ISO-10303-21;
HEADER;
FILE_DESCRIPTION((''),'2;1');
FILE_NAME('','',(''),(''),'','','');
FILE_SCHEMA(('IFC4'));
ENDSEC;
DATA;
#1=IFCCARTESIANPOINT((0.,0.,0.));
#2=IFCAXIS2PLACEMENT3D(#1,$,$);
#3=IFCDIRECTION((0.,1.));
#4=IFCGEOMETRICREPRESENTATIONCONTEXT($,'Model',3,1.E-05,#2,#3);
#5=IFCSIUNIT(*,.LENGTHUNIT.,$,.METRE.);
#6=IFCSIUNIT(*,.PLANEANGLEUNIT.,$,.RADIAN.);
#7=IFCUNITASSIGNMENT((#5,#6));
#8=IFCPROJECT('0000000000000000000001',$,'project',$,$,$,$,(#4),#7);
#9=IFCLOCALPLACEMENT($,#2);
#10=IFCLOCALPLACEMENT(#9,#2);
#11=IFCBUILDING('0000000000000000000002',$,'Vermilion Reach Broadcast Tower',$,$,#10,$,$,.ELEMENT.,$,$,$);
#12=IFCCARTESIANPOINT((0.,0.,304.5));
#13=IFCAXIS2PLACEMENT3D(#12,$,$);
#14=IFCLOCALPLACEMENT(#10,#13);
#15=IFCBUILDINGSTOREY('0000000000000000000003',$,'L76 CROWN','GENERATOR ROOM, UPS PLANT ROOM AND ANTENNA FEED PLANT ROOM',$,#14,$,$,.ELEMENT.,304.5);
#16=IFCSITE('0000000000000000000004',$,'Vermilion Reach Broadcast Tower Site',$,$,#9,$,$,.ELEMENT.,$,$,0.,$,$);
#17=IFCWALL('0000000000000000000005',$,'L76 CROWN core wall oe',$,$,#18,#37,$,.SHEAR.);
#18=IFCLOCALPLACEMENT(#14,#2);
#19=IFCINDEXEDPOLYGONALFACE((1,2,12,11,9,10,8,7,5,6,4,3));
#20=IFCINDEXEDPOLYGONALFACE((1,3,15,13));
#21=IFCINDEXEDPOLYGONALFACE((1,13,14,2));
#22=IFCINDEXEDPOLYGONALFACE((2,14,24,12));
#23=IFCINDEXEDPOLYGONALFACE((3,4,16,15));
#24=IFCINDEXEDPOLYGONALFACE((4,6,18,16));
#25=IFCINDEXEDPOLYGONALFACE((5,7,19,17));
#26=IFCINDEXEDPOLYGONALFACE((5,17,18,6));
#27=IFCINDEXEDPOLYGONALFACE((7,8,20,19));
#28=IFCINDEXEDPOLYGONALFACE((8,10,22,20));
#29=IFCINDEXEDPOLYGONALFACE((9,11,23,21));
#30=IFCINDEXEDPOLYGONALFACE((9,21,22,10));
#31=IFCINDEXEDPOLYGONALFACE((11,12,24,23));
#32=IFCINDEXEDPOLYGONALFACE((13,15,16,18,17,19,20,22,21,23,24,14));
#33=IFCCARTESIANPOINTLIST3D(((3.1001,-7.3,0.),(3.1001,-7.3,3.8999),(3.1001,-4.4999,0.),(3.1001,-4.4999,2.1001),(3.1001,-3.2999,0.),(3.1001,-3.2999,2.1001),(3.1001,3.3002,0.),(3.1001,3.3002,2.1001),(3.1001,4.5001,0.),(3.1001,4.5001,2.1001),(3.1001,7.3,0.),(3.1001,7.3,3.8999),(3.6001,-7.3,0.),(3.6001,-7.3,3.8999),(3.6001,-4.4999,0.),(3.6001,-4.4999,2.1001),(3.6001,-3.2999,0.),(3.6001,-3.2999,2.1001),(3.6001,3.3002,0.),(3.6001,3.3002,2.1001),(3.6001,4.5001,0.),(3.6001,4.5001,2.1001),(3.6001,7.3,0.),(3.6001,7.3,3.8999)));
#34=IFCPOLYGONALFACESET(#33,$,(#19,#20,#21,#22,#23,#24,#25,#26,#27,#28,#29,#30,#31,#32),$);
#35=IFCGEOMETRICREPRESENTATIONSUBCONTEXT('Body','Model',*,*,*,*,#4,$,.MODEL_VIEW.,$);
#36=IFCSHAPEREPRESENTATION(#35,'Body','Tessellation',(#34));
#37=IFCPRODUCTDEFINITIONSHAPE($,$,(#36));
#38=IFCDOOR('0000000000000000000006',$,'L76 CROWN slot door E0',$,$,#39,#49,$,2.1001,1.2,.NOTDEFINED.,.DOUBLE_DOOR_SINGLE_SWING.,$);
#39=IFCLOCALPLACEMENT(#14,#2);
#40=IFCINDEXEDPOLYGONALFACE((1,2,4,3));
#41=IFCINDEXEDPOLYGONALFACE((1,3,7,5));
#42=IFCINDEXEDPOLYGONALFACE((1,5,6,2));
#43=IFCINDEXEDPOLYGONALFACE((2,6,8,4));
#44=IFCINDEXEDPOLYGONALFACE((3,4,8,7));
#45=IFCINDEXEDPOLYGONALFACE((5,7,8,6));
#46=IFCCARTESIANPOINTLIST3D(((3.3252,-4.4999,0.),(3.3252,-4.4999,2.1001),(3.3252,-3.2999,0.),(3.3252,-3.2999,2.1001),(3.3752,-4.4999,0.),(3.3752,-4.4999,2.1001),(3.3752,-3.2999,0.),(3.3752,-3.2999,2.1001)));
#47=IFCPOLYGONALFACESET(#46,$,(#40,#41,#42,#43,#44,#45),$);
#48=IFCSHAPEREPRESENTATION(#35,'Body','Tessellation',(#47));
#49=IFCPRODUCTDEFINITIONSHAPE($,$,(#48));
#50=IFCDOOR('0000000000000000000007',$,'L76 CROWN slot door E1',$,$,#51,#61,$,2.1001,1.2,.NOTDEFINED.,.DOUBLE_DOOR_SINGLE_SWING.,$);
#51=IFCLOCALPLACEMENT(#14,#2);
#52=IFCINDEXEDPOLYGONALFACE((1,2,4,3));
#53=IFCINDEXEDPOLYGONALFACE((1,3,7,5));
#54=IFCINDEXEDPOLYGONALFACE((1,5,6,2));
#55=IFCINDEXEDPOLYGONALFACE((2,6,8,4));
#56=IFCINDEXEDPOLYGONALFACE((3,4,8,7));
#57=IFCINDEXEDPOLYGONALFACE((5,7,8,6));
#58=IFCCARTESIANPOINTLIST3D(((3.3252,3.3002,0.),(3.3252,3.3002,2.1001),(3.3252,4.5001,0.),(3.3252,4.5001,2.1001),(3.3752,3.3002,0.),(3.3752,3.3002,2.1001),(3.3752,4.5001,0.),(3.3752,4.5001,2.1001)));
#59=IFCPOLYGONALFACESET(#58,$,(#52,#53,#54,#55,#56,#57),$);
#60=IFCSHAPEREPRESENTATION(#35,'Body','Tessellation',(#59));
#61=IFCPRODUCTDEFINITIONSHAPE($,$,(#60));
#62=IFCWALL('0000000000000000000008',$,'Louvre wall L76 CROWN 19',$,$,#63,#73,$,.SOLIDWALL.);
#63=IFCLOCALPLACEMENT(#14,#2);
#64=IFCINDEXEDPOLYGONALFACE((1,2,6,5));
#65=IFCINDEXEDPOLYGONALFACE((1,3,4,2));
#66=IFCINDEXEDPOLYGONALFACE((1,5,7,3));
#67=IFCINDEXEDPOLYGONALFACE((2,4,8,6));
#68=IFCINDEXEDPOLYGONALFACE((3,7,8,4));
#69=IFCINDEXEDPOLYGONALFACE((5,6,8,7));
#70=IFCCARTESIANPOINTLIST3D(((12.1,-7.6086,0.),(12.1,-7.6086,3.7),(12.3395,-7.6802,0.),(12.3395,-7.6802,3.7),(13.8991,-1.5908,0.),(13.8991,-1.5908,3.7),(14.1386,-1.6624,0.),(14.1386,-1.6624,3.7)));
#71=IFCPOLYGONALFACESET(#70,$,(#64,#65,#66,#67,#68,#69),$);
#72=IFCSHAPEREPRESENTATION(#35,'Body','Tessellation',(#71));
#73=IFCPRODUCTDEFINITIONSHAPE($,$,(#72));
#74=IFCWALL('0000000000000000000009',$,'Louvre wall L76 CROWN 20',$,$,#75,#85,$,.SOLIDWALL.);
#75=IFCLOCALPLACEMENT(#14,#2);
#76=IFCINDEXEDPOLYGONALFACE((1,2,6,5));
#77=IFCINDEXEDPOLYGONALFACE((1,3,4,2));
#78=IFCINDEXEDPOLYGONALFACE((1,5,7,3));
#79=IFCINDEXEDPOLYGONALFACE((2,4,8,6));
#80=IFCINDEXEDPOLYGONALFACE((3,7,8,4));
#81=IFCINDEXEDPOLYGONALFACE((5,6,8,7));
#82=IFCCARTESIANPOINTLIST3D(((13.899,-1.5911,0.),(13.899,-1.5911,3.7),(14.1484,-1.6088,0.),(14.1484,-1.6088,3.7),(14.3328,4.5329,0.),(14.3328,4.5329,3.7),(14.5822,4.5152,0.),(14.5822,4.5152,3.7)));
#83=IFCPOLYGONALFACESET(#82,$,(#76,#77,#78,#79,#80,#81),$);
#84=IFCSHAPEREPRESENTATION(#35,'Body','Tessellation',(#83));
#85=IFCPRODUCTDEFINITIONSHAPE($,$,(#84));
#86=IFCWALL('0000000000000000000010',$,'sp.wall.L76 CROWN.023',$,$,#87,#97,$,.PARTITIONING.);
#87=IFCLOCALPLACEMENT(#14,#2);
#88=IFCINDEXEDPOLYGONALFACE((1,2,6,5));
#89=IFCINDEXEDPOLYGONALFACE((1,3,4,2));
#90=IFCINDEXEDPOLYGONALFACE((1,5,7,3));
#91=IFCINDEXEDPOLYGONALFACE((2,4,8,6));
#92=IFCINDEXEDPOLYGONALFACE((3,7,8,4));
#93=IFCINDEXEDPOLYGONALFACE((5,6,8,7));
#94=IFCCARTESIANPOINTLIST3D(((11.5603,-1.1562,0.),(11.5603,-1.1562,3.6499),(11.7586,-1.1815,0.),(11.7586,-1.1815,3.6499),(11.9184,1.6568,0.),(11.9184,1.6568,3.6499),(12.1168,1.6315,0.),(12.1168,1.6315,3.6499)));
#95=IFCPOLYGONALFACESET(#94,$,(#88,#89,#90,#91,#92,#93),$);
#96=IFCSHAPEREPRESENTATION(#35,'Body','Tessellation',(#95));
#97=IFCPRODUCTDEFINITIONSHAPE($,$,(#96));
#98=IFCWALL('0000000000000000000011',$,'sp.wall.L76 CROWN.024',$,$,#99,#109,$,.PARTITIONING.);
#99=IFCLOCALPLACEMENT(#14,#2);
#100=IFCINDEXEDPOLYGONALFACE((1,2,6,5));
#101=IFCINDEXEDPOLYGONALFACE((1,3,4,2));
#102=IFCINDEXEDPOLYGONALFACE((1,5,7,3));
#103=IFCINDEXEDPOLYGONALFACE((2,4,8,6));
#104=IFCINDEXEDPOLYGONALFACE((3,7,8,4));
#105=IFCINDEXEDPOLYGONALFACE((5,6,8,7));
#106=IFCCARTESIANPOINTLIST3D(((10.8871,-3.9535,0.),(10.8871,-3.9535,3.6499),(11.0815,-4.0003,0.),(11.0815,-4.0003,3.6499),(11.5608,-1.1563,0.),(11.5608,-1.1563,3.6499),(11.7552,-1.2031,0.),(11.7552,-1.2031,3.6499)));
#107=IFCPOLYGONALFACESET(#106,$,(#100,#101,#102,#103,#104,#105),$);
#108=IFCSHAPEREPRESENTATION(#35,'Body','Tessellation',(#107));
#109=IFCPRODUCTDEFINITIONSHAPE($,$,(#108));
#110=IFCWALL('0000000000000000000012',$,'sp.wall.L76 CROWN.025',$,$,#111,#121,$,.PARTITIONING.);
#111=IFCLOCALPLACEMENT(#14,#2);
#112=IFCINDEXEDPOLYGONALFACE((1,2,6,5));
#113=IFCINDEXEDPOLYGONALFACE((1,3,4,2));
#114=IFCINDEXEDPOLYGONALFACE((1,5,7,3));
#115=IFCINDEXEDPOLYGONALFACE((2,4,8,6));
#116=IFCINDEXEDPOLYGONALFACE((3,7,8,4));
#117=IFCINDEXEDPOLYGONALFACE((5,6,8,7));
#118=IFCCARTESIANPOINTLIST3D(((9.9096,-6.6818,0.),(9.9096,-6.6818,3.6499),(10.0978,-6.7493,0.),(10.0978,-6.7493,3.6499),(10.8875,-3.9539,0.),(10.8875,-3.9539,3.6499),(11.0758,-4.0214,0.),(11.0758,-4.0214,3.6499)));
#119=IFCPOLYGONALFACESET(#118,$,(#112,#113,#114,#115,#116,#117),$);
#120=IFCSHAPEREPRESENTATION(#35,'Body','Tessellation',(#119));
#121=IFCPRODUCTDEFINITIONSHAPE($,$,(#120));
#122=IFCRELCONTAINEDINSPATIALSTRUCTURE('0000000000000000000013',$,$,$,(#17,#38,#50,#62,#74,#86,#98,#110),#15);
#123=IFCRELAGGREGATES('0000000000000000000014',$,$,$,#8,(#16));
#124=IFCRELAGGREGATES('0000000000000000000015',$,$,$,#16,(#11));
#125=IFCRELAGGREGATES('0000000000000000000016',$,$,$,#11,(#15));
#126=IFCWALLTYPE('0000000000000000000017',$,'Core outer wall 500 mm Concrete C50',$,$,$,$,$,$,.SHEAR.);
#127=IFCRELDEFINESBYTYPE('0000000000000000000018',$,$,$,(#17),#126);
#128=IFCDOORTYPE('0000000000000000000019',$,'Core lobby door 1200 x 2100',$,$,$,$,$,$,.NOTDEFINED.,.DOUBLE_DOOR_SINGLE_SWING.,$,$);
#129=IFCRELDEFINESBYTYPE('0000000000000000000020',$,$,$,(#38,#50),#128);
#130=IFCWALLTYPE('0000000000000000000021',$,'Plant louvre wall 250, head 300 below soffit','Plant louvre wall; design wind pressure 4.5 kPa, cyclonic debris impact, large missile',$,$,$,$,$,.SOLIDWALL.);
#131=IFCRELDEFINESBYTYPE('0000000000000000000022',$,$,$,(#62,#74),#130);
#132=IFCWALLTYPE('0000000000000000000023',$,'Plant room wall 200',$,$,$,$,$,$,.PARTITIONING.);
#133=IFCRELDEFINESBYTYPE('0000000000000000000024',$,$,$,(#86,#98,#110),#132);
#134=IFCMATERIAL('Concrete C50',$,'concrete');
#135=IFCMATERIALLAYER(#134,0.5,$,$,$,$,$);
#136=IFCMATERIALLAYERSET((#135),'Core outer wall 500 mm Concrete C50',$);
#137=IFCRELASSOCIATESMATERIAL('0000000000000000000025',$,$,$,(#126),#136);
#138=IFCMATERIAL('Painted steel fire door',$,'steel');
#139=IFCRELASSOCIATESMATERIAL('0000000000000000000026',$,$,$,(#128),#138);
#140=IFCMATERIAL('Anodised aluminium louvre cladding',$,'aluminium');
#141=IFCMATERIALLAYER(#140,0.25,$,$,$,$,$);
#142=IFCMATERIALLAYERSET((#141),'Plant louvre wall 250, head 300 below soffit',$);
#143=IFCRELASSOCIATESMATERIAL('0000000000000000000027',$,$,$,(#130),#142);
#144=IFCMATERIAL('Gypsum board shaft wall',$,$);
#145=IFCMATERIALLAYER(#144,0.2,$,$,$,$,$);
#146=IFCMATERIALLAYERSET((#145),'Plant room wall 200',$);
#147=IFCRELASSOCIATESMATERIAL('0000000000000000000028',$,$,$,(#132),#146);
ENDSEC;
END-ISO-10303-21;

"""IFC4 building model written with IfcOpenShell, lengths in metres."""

from ifc_helpers import new_model, si_unit, direction, frame, frame_2d, origin, place, context, subcontext, project, spatial, rectangle, extrude, material, layer, layer_set, type_object, element, fill, save


model = new_model("IFC4")

# Units and contexts
model_context = context("Model", 3, precision=1e-05, world=origin(), true_north=direction((0.0, 1.0)))
body_context = subcontext(model_context, "Body", "Model", "MODEL_VIEW")
ifc_project = project(units=[si_unit("LENGTHUNIT", "METRE"), si_unit("PLANEANGLEUNIT", "RADIAN")], contexts=[model_context])

# Site, building, storey
site_placement = place(None, origin())
site = spatial("IfcSite", under=ifc_project, at=site_placement, Name="Vermilion Reach Broadcast Tower Site", CompositionType="ELEMENT", RefElevation=0.0)
building_placement = place(site_placement, origin())
building = spatial("IfcBuilding", under=site, at=building_placement, Name="Vermilion Reach Broadcast Tower", CompositionType="ELEMENT")
storey_placement = place(building_placement, frame((0.0, 0.0, 304.5)))
storey = spatial("IfcBuildingStorey", under=building, at=storey_placement, Name="L76 CROWN", Description="GENERATOR ROOM, UPS PLANT ROOM AND ANTENNA FEED PLANT ROOM", CompositionType="ELEMENT", Elevation=304.5)

# Wall, openings, doors
ifc_material_1 = material(Name="Concrete C50", Category="concrete")
ifc_layer_1 = layer(ifc_material_1, 0.5)
ifc_layer_set_1 = layer_set([ifc_layer_1], Name="Core outer wall 500 mm Concrete C50")
wall_type_1 = type_object("IfcWallType", Name="Core outer wall 500 mm Concrete C50", PredefinedType="SHEAR", material=ifc_layer_set_1)
wall_1_placement = place(storey_placement, frame((3.3501, -7.3, 0.0), z_axis=(0.0, 0.0, 1.0), x_axis=(0.0, 1.0, 0.0)))
wall_1 = element("IfcWall", 1, at=wall_1_placement, inside=storey, type_object=wall_type_1, Name="L76 CROWN core wall oe", PredefinedType="SHEAR", context=body_context, shape_type="SweptSolid", body=[
    extrude(rectangle(XDim=14.6001, YDim=0.5, at=frame_2d((7.3, 0.0))), origin(), (0.0, 0.0, 1.0), 3.8999),
])
opening_1_placement = place(wall_1_placement, frame((2.8, 0.0, 0.0)))
opening_1 = element("IfcOpeningElement", 2, at=opening_1_placement, cuts=wall_1, PredefinedType="OPENING", context=body_context, shape_type="SweptSolid", body=[
    extrude(rectangle(XDim=1.2, YDim=2.1001, at=frame_2d((0.6001, 1.05))), frame((0.0, 0.26, 0.0), z_axis=(0.0, -1.0, 0.0), x_axis=(1.0, 0.0, 0.0)), (0.0, 0.0, 1.0), 0.52),
])
opening_2_placement = place(wall_1_placement, frame((10.6001, 0.0, 0.0)))
opening_2 = element("IfcOpeningElement", 3, at=opening_2_placement, cuts=wall_1, PredefinedType="OPENING", context=body_context, shape_type="SweptSolid", body=[
    extrude(rectangle(XDim=1.2, YDim=2.1001, at=frame_2d((0.6001, 1.05))), frame((0.0, 0.26, 0.0), z_axis=(0.0, -1.0, 0.0), x_axis=(1.0, 0.0, 0.0)), (0.0, 0.0, 1.0), 0.52),
])
ifc_material_2 = material(Name="Painted steel fire door", Category="steel")
door_type_1 = type_object("IfcDoorType", Name="Core lobby door 1200 x 2100", OperationType="DOUBLE_DOOR_SINGLE_SWING", PredefinedType="NOTDEFINED", material=ifc_material_2)
door_1_placement = place(opening_1_placement, origin())
door_1 = element("IfcDoor", 4, at=door_1_placement, inside=storey, type_object=door_type_1, Name="L76 CROWN slot door E0", OperationType="DOUBLE_DOOR_SINGLE_SWING", OverallHeight=2.1001, OverallWidth=1.2, PredefinedType="NOTDEFINED", context=body_context, shape_type="SweptSolid", body=[
    extrude(rectangle(XDim=1.2, YDim=2.1001, at=frame_2d((0.6001, 1.05))), frame((0.0, 0.0249, 0.0), z_axis=(0.0, -1.0, 0.0), x_axis=(1.0, 0.0, 0.0)), (0.0, 0.0, 1.0), 0.05),
])
fill(opening_1, door_1)
door_2_placement = place(opening_2_placement, origin())
door_2 = element("IfcDoor", 5, at=door_2_placement, inside=storey, type_object=door_type_1, Name="L76 CROWN slot door E1", OperationType="DOUBLE_DOOR_SINGLE_SWING", OverallHeight=2.1001, OverallWidth=1.2, PredefinedType="NOTDEFINED", context=body_context, shape_type="SweptSolid", body=[
    extrude(rectangle(XDim=1.2, YDim=2.1001, at=frame_2d((0.6001, 1.05))), frame((0.0, 0.0249, 0.0), z_axis=(0.0, -1.0, 0.0), x_axis=(1.0, 0.0, 0.0)), (0.0, 0.0, 1.0), 0.05),
])
fill(opening_2, door_2)

# Walls
ifc_material_3 = material(Name="Anodised aluminium louvre cladding", Category="aluminium")
ifc_layer_2 = layer(ifc_material_3, 0.25)
ifc_layer_set_2 = layer_set([ifc_layer_2], Name="Plant louvre wall 250, head 300 below soffit")
wall_type_2 = type_object("IfcWallType", Name="Plant louvre wall 250, head 300 below soffit", Description="Plant louvre wall; design wind pressure 4.5 kPa, cyclonic debris impact, large missile", PredefinedType="SOLIDWALL", material=ifc_layer_set_2)
wall_2_placement = place(storey_placement, frame((12.2197, -7.6445, 0.0), z_axis=(0.0, 0.0, 1.0), x_axis=(0.286431, 0.958101, 0.0)))
element("IfcWall", 6, at=wall_2_placement, inside=storey, type_object=wall_type_2, Name="Louvre wall L76 CROWN 19", PredefinedType="SOLIDWALL", context=body_context, shape_type="SweptSolid", body=[
    extrude(rectangle(XDim=6.281, YDim=0.25, at=frame_2d((3.1406, 0.0))), origin(), (0.0, 0.0, 1.0), 3.7),
])
wall_3_placement = place(storey_placement, frame((14.0237, -1.6001, 0.0), z_axis=(0.0, 0.0, 1.0), x_axis=(0.070665, 0.9975, 0.0)))
element("IfcWall", 7, at=wall_3_placement, inside=storey, type_object=wall_type_2, Name="Louvre wall L76 CROWN 20", PredefinedType="SOLIDWALL", context=body_context, shape_type="SweptSolid", body=[
    extrude(rectangle(XDim=6.1394, YDim=0.25, at=frame_2d((3.0698, 0.0))), origin(), (0.0, 0.0, 1.0), 3.7),
])
ifc_material_4 = material(Name="Gypsum board shaft wall")
ifc_layer_3 = layer(ifc_material_4, 0.2)
ifc_layer_set_3 = layer_set([ifc_layer_3], Name="Plant room wall 200")
wall_type_3 = type_object("IfcWallType", Name="Plant room wall 200", PredefinedType="PARTITIONING", material=ifc_layer_set_3)
wall_4_placement = place(storey_placement, frame((11.6594, -1.1689, 0.0), z_axis=(0.0, 0.0, 1.0), x_axis=(0.126302, 0.991992, 0.0)))
element("IfcWall", 8, at=wall_4_placement, inside=storey, type_object=wall_type_3, Name="sp.wall.L76 CROWN.023", PredefinedType="PARTITIONING", context=body_context, shape_type="SweptSolid", body=[
    extrude(rectangle(XDim=2.8357, YDim=0.2, at=frame_2d((1.418, 0.0))), origin(), (0.0, 0.0, 1.0), 3.6499),
])
wall_5_placement = place(storey_placement, frame((10.9844, -3.9768, 0.0), z_axis=(0.0, 0.0, 1.0), x_axis=(0.234121, 0.972208, 0.0)))
element("IfcWall", 9, at=wall_5_placement, inside=storey, type_object=wall_type_3, Name="sp.wall.L76 CROWN.024", PredefinedType="PARTITIONING", context=body_context, shape_type="SweptSolid", body=[
    extrude(rectangle(XDim=2.8772, YDim=0.2, at=frame_2d((1.4385, 0.0))), origin(), (0.0, 0.0, 1.0), 3.6499),
])
wall_6_placement = place(storey_placement, frame((10.0037, -6.7156, 0.0), z_axis=(0.0, 0.0, 1.0), x_axis=(0.337478, 0.941333, 0.0)))
element("IfcWall", 10, at=wall_6_placement, inside=storey, type_object=wall_type_3, Name="sp.wall.L76 CROWN.025", PredefinedType="PARTITIONING", context=body_context, shape_type="SweptSolid", body=[
    extrude(rectangle(XDim=2.8979, YDim=0.2, at=frame_2d((1.449, 0.0))), origin(), (0.0, 0.0, 1.0), 3.6499),
])

save(model, "model.ifc")
